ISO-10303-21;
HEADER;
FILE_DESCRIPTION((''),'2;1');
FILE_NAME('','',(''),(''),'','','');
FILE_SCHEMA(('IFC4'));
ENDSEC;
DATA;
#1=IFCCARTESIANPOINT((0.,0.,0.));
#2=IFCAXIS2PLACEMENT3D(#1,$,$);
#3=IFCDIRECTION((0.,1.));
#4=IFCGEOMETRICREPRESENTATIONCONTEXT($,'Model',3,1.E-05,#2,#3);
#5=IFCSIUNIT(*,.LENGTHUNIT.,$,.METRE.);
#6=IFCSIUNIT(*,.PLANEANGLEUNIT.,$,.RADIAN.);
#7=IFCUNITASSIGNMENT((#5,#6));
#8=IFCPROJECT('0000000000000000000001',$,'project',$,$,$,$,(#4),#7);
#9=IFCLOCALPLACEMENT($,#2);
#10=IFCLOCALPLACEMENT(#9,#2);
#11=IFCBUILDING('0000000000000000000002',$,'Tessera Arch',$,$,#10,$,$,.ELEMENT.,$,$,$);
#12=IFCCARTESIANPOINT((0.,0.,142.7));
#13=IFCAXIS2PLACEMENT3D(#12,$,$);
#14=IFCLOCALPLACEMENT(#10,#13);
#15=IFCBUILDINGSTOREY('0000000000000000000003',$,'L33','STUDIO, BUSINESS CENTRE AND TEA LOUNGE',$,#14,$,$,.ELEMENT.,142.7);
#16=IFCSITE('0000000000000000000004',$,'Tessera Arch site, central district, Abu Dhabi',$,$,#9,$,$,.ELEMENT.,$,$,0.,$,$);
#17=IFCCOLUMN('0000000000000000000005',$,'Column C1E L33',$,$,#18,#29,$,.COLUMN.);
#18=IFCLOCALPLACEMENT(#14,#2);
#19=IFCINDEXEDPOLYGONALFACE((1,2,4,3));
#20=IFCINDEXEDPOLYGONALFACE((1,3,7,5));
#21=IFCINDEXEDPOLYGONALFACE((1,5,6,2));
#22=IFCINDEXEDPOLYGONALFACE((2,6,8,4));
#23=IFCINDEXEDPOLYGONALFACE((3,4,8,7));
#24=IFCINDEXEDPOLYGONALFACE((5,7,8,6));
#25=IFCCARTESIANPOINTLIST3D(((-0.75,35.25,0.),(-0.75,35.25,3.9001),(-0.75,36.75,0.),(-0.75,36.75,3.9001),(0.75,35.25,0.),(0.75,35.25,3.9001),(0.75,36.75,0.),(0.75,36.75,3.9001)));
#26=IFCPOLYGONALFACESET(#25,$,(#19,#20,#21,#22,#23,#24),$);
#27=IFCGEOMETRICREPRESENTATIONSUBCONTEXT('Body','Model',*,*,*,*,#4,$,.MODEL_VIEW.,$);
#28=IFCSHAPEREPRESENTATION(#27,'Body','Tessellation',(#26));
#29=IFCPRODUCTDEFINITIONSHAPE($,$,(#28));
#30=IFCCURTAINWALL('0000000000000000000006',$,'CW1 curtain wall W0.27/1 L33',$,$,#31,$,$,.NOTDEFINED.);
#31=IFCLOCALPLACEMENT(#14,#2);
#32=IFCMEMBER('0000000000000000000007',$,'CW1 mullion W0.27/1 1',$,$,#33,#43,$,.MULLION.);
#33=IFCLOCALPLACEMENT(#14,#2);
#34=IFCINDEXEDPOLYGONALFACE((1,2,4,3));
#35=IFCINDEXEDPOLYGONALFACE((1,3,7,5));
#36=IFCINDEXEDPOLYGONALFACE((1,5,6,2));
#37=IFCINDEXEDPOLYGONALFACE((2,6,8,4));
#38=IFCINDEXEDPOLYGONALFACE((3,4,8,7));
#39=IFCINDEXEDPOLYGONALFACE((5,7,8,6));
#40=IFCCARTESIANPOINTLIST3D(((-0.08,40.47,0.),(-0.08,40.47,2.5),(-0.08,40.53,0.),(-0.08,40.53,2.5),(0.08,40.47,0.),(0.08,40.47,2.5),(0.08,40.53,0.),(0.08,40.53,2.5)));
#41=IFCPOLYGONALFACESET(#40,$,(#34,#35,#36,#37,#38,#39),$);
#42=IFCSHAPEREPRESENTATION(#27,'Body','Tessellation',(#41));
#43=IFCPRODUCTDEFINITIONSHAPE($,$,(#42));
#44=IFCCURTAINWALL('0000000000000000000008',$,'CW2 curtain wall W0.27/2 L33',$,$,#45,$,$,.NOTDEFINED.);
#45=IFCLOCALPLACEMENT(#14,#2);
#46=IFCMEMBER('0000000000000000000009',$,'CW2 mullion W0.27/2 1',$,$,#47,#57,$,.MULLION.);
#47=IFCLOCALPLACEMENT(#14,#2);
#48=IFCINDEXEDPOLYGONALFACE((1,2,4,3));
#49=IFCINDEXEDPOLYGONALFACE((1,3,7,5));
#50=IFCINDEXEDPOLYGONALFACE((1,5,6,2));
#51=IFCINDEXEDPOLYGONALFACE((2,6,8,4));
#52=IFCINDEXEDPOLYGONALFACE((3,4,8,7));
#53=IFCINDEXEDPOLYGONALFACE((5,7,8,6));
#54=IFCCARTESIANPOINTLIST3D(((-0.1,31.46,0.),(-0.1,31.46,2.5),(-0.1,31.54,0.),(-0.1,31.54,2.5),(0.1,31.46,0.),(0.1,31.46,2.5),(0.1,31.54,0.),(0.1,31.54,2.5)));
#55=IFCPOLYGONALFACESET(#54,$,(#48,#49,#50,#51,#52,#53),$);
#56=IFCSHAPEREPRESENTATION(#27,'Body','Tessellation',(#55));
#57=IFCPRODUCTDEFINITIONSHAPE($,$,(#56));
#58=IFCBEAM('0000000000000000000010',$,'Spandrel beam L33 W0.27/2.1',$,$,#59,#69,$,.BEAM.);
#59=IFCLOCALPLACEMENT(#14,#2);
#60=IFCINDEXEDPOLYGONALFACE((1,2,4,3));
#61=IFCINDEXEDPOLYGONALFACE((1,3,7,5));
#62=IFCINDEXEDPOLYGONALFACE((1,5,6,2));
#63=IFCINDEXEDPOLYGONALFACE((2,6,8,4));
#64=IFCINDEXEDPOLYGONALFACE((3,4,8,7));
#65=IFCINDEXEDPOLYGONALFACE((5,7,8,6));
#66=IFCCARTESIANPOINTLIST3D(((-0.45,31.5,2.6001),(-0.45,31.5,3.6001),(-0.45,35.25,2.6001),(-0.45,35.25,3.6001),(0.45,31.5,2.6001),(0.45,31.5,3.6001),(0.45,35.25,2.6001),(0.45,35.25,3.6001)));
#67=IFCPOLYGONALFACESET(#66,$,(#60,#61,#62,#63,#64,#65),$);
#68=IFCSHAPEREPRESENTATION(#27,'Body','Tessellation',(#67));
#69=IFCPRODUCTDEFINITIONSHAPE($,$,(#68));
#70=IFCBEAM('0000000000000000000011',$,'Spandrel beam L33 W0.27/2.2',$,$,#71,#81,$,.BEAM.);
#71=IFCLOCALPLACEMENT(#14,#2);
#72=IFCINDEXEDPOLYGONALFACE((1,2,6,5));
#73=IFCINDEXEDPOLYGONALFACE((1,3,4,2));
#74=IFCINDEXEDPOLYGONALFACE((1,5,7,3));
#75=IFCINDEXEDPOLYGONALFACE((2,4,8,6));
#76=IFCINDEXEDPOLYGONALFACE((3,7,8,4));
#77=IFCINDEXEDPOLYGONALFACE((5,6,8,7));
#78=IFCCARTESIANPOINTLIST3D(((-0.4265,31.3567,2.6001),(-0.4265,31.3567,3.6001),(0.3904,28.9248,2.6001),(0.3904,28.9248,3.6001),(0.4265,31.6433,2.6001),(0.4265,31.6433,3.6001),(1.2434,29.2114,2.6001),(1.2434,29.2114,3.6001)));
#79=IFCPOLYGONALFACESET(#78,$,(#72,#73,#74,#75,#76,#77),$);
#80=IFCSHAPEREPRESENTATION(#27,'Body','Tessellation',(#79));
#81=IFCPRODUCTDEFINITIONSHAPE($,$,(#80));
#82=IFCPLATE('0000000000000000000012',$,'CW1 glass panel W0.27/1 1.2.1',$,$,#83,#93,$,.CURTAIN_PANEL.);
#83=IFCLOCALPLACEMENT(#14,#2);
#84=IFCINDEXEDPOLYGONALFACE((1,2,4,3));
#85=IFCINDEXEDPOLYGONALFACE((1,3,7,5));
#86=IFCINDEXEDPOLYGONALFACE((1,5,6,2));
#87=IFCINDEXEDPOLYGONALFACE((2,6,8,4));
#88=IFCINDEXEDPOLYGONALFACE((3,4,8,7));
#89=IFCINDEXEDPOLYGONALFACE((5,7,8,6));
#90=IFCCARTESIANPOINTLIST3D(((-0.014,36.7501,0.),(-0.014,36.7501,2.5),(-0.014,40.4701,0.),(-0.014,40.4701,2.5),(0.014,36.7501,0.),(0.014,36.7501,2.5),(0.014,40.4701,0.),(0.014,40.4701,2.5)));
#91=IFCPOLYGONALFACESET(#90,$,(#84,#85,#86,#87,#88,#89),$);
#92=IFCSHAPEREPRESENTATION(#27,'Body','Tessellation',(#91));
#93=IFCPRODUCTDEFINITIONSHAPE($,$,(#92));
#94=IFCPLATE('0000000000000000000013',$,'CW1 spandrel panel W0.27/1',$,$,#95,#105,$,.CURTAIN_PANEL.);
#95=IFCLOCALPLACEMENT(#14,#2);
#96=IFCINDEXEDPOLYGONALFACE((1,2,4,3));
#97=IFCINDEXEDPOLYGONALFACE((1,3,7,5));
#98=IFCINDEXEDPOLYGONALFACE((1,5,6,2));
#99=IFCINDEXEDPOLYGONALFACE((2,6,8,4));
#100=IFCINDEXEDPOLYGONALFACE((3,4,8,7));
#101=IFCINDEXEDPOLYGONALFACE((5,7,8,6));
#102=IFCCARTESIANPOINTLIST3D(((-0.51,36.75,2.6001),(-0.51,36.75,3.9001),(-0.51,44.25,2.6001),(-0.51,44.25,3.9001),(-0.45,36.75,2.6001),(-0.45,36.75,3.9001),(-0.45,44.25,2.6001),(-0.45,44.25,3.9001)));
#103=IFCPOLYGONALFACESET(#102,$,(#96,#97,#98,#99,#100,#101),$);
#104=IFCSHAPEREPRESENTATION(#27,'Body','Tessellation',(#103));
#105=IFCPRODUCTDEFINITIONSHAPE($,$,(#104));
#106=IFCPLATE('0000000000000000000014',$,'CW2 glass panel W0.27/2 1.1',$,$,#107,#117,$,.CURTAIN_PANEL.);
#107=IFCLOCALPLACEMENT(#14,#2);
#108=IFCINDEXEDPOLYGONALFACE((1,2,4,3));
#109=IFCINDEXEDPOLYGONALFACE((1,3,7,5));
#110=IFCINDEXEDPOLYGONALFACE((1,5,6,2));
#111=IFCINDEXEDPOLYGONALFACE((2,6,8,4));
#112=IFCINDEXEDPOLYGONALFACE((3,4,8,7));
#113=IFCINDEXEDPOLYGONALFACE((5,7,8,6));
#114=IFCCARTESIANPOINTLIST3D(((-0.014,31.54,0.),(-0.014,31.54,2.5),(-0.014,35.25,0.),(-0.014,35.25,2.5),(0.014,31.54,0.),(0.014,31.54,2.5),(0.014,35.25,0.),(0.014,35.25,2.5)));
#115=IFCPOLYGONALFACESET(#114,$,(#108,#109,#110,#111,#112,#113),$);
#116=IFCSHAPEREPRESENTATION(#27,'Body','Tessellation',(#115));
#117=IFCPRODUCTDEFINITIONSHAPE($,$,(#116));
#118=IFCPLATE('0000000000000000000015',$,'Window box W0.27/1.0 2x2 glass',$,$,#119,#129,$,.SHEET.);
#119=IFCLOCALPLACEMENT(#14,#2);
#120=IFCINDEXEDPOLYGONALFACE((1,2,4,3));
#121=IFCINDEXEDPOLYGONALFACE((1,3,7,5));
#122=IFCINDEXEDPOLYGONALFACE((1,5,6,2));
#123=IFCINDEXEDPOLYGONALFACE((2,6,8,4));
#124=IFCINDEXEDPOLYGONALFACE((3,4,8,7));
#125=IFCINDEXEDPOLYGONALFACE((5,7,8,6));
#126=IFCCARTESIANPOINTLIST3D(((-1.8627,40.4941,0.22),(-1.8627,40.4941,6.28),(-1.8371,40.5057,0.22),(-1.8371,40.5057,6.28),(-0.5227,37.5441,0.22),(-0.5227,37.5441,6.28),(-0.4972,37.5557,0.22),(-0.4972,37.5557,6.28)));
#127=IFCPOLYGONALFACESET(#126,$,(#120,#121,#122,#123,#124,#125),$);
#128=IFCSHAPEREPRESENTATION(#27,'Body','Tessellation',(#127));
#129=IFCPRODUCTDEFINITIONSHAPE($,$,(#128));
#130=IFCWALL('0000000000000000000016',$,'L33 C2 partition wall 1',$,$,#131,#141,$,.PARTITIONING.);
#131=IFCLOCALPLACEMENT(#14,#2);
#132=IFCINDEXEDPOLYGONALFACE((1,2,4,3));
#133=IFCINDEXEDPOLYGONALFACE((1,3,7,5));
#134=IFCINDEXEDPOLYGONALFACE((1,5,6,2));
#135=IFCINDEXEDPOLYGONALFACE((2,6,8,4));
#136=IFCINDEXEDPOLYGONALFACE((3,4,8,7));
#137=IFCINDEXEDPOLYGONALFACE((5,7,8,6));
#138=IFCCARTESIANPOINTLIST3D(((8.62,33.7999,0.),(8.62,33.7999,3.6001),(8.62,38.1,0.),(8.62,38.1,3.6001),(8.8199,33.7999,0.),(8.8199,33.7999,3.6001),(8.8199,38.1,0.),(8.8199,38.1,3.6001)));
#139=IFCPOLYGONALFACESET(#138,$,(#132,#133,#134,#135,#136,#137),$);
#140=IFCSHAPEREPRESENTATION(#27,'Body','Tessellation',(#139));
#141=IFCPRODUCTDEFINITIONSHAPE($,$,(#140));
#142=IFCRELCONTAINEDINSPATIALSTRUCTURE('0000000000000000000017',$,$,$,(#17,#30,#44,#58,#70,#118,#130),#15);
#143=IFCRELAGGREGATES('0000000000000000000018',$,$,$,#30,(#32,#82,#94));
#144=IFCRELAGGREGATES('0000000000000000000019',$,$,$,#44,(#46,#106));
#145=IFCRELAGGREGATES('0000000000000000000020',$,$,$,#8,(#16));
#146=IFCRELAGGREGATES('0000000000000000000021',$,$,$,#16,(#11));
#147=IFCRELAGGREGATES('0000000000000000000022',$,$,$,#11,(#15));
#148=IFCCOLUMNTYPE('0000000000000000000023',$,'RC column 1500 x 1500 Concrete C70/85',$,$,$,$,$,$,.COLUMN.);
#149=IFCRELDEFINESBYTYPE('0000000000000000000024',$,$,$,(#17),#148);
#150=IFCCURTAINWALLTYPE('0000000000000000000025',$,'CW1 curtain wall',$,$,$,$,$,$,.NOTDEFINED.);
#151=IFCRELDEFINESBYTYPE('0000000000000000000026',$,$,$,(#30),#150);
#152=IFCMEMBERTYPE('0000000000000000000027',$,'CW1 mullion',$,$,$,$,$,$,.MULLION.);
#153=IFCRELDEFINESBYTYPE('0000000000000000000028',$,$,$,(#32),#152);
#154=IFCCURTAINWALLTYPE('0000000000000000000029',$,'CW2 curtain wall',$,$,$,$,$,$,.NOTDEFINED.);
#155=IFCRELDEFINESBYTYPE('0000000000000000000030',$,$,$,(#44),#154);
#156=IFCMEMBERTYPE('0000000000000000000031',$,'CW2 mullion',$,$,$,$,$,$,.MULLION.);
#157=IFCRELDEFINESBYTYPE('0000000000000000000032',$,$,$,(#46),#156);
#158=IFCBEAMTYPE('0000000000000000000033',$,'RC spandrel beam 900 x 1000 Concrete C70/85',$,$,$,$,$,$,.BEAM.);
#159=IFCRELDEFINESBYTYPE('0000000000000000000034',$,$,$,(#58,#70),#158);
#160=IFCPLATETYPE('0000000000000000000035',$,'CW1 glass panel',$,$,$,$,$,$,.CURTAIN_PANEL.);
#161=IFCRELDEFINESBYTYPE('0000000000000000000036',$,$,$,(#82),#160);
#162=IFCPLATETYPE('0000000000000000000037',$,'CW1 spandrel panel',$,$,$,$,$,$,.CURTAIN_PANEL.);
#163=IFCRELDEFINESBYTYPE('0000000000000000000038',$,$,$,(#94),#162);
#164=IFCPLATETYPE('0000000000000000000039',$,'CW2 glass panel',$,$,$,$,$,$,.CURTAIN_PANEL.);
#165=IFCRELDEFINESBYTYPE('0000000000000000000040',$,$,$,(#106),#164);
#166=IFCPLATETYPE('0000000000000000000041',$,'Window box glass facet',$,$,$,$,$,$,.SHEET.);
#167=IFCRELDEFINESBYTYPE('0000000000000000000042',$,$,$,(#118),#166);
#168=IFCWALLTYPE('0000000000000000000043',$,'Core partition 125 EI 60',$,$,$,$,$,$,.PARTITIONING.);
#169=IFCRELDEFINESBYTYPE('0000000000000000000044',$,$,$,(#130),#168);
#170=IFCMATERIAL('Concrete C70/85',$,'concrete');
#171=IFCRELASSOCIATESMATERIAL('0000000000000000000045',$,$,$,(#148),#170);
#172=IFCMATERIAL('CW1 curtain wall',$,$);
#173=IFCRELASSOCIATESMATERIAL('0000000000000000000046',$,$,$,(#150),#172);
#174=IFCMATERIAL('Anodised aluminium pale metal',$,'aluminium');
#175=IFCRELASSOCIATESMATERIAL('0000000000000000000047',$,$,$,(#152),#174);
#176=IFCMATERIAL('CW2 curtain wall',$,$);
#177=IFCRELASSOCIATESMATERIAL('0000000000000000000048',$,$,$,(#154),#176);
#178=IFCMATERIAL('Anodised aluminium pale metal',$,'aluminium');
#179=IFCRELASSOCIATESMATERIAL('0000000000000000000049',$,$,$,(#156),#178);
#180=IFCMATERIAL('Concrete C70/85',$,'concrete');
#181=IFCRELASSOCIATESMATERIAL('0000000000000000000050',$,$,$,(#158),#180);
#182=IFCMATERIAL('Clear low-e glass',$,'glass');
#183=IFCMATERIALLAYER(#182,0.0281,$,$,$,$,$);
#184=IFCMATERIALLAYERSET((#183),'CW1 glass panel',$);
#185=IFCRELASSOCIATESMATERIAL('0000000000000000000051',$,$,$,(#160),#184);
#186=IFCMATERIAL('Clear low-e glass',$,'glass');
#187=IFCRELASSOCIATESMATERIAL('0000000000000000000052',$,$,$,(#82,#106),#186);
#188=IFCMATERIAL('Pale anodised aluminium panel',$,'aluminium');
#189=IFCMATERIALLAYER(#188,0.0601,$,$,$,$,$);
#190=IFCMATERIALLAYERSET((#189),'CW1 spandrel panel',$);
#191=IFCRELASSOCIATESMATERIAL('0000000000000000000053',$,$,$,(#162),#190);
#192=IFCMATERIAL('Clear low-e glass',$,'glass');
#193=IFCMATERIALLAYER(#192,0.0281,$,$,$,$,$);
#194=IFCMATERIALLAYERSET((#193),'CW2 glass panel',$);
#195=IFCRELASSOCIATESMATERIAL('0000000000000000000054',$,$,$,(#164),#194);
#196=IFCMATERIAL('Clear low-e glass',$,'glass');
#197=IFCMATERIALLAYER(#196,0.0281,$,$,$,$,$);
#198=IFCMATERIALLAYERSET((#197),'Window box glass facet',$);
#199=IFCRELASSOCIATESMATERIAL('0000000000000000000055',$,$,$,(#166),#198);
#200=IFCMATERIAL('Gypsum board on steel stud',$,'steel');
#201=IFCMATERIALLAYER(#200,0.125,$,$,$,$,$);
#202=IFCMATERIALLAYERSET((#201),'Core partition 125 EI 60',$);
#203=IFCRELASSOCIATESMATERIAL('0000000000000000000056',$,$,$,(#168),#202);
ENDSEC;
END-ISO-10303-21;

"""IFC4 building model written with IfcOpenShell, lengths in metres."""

from ifc_helpers import new_model, si_unit, direction, frame, frame_2d, origin, origin_2d, place, context, subcontext, project, spatial, rectangle, extrude, material, layer, layer_set, material_profile, profile_set, type_object, element, aggregate, save


model = new_model("IFC4")

# Units and contexts
model_context = context("Model", 3, precision=1e-05, world=origin(), true_north=direction((0.0, 1.0)))
body_context = subcontext(model_context, "Body", "Model", "MODEL_VIEW")
ifc_project = project(units=[si_unit("LENGTHUNIT", "METRE"), si_unit("PLANEANGLEUNIT", "RADIAN")], contexts=[model_context])

# Site, building, storey
site_placement = place(None, origin())
site = spatial("IfcSite", under=ifc_project, at=site_placement, Name="Tessera Arch site, central district, Abu Dhabi", CompositionType="ELEMENT", RefElevation=0.0)
building_placement = place(site_placement, origin())
building = spatial("IfcBuilding", under=site, at=building_placement, Name="Tessera Arch", CompositionType="ELEMENT")
storey_placement = place(building_placement, frame((0.0, 0.0, 142.7)))
storey = spatial("IfcBuildingStorey", under=building, at=storey_placement, Name="L33", Description="STUDIO, BUSINESS CENTRE AND TEA LOUNGE", CompositionType="ELEMENT", Elevation=142.7)

# Column
ifc_material_1 = material(Name="Concrete C70/85", Category="concrete")
ifc_material_profile_1 = material_profile(ifc_material_1, rectangle(XDim=1.5, YDim=1.5, at=origin_2d()), Name="RC column 1500 x 1500 Concrete C70/85")
ifc_profile_set_1 = profile_set([ifc_material_profile_1], Name="Concrete C70/85")
column_type = type_object("IfcColumnType", Name="RC column 1500 x 1500 Concrete C70/85", PredefinedType="COLUMN", material=ifc_profile_set_1)
column_placement = place(storey_placement, frame((0.0, 36.0, 0.0), z_axis=(0.0, 0.0, 1.0), x_axis=(1.0, 0.0, 0.0)))
element("IfcColumn", 1, at=column_placement, inside=storey, type_object=column_type, Name="Column C1E L33", PredefinedType="COLUMN", context=body_context, shape_type="SweptSolid", body=[
    extrude(rectangle(XDim=1.5, YDim=1.5, at=origin_2d()), origin(), (0.0, 0.0, 1.0), 3.9001),
])

# Curtain walls, members
ifc_material_2 = material(Name="CW1 curtain wall")
curtain_wall_type_1 = type_object("IfcCurtainWallType", Name="CW1 curtain wall", PredefinedType="NOTDEFINED", material=ifc_material_2)
curtain_wall_1_placement = place(storey_placement, origin())
curtain_wall_1 = element("IfcCurtainWall", 2, at=curtain_wall_1_placement, inside=storey, type_object=curtain_wall_type_1, Name="CW1 curtain wall W0.27/1 L33", PredefinedType="NOTDEFINED")
ifc_material_3 = material(Name="Anodised aluminium pale metal", Category="aluminium")
ifc_material_profile_2 = material_profile(ifc_material_3, rectangle(XDim=0.1599, YDim=0.0601, at=origin_2d()), Name="AL 60x160")
ifc_profile_set_2 = profile_set([ifc_material_profile_2], Name="Anodised aluminium pale metal")
member_type_1 = type_object("IfcMemberType", Name="CW1 mullion", PredefinedType="MULLION", material=ifc_profile_set_2)
member_1_placement = place(storey_placement, frame((0.0, 40.5, 0.0), z_axis=(0.0, 0.0, 1.0), x_axis=(1.0, 0.0, 0.0)))
member_1 = element("IfcMember", 3, at=member_1_placement, type_object=member_type_1, Name="CW1 mullion W0.27/1 1", PredefinedType="MULLION", context=body_context, shape_type="SweptSolid", body=[
    extrude(rectangle(XDim=0.1599, YDim=0.0601, at=origin_2d()), origin(), (0.0, 0.0, 1.0), 2.5),
])
ifc_material_4 = material(Name="CW2 curtain wall")
curtain_wall_type_2 = type_object("IfcCurtainWallType", Name="CW2 curtain wall", PredefinedType="NOTDEFINED", material=ifc_material_4)
curtain_wall_2_placement = place(storey_placement, origin())
curtain_wall_2 = element("IfcCurtainWall", 4, at=curtain_wall_2_placement, inside=storey, type_object=curtain_wall_type_2, Name="CW2 curtain wall W0.27/2 L33", PredefinedType="NOTDEFINED")
ifc_material_5 = material(Name="Anodised aluminium pale metal", Category="aluminium")
ifc_material_profile_3 = material_profile(ifc_material_5, rectangle(XDim=0.2, YDim=0.0801, at=origin_2d()), Name="AL 80x200")
ifc_profile_set_3 = profile_set([ifc_material_profile_3], Name="Anodised aluminium pale metal")
member_type_2 = type_object("IfcMemberType", Name="CW2 mullion", PredefinedType="MULLION", material=ifc_profile_set_3)
member_2_placement = place(storey_placement, frame((0.0, 31.5, 0.0), z_axis=(0.0, 0.0, 1.0), x_axis=(1.0, 0.0, 0.0)))
member_2 = element("IfcMember", 5, at=member_2_placement, type_object=member_type_2, Name="CW2 mullion W0.27/2 1", PredefinedType="MULLION", context=body_context, shape_type="SweptSolid", body=[
    extrude(rectangle(XDim=0.2, YDim=0.0801, at=origin_2d()), origin(), (0.0, 0.0, 1.0), 2.5),
])

# Beams
ifc_material_6 = material(Name="Concrete C70/85", Category="concrete")
ifc_material_profile_4 = material_profile(ifc_material_6, rectangle(XDim=0.8999, YDim=1.0, at=origin_2d()), Name="RC spandrel beam 900 x 1000 Concrete C70/85")
ifc_profile_set_4 = profile_set([ifc_material_profile_4], Name="Concrete C70/85")
beam_type = type_object("IfcBeamType", Name="RC spandrel beam 900 x 1000 Concrete C70/85", PredefinedType="BEAM", material=ifc_profile_set_4)
beam_1_placement = place(storey_placement, frame((0.0, 35.25, 3.1001), z_axis=(0.0, -1.0, 0.0), x_axis=(1.0, 0.0, 0.0)))
element("IfcBeam", 6, at=beam_1_placement, inside=storey, type_object=beam_type, Name="Spandrel beam L33 W0.27/2.1", PredefinedType="BEAM", context=body_context, shape_type="SweptSolid", body=[
    extrude(rectangle(XDim=0.8999, YDim=1.0, at=origin_2d()), origin(), (0.0, 0.0, 1.0), 3.75),
])
beam_2_placement = place(storey_placement, frame((0.0, 31.5, 3.1001), z_axis=(0.318425, -0.947948, 0.0), x_axis=(0.947948, 0.318425, 0.0)))
element("IfcBeam", 7, at=beam_2_placement, inside=storey, type_object=beam_type, Name="Spandrel beam L33 W0.27/2.2", PredefinedType="BEAM", context=body_context, shape_type="SweptSolid", body=[
    extrude(rectangle(XDim=0.8999, YDim=1.0, at=origin_2d()), origin(), (0.0, 0.0, 1.0), 2.5654),
])

# Plates
ifc_material_7 = material(Name="Clear low-e glass", Category="glass")
ifc_material_8 = material(Name="Clear low-e glass", Category="glass")
ifc_layer_1 = layer(ifc_material_8, 0.0281)
ifc_layer_set_1 = layer_set([ifc_layer_1], Name="CW1 glass panel")
plate_type_1 = type_object("IfcPlateType", Name="CW1 glass panel", PredefinedType="CURTAIN_PANEL", material=ifc_layer_set_1)
plate_1_placement = place(storey_placement, frame((0.0, 38.6101, 0.0), z_axis=(0.0, 0.0, 1.0), x_axis=(0.0, -1.0, 0.0)))
plate_1 = element("IfcPlate", 8, at=plate_1_placement, type_object=plate_type_1, material=ifc_material_7, Name="CW1 glass panel W0.27/1 1.2.1", PredefinedType="CURTAIN_PANEL", context=body_context, shape_type="SweptSolid", body=[
    extrude(rectangle(XDim=3.72, YDim=0.0281, at=origin_2d()), origin(), (0.0, 0.0, 1.0), 2.5),
])
ifc_material_9 = material(Name="Pale anodised aluminium panel", Category="aluminium")
ifc_layer_2 = layer(ifc_material_9, 0.0601)
ifc_layer_set_2 = layer_set([ifc_layer_2], Name="CW1 spandrel panel")
plate_type_2 = type_object("IfcPlateType", Name="CW1 spandrel panel", PredefinedType="CURTAIN_PANEL", material=ifc_layer_set_2)
plate_2_placement = place(storey_placement, frame((-0.48, 40.5, 2.6001), z_axis=(0.0, 0.0, 1.0), x_axis=(0.0, -1.0, 0.0)))
plate_2 = element("IfcPlate", 9, at=plate_2_placement, type_object=plate_type_2, Name="CW1 spandrel panel W0.27/1", PredefinedType="CURTAIN_PANEL", context=body_context, shape_type="SweptSolid", body=[
    extrude(rectangle(XDim=7.5, YDim=0.0601, at=origin_2d()), origin(), (0.0, 0.0, 1.0), 1.3),
])
aggregate(curtain_wall_1, [member_1, plate_1, plate_2])
ifc_material_10 = material(Name="Clear low-e glass", Category="glass")
ifc_layer_3 = layer(ifc_material_10, 0.0281)
ifc_layer_set_3 = layer_set([ifc_layer_3], Name="CW2 glass panel")
plate_type_3 = type_object("IfcPlateType", Name="CW2 glass panel", PredefinedType="CURTAIN_PANEL", material=ifc_layer_set_3)
plate_3_placement = place(storey_placement, frame((0.0, 33.395, 0.0), z_axis=(0.0, 0.0, 1.0), x_axis=(0.0, -1.0, 0.0)))
plate_3 = element("IfcPlate", 10, at=plate_3_placement, type_object=plate_type_3, material=ifc_material_7, Name="CW2 glass panel W0.27/2 1.1", PredefinedType="CURTAIN_PANEL", context=body_context, shape_type="SweptSolid", body=[
    extrude(rectangle(XDim=3.71, YDim=0.0281, at=origin_2d()), origin(), (0.0, 0.0, 1.0), 2.5),
])
aggregate(curtain_wall_2, [member_2, plate_3])
ifc_material_11 = material(Name="Clear low-e glass", Category="glass")
ifc_layer_4 = layer(ifc_material_11, 0.0281)
ifc_layer_set_4 = layer_set([ifc_layer_4], Name="Window box glass facet")
plate_type_4 = type_object("IfcPlateType", Name="Window box glass facet", PredefinedType="SHEET", material=ifc_layer_set_4)
plate_4_placement = place(storey_placement, frame((-1.1799, 39.0249, 0.22), z_axis=(0.0, 0.0, 1.0), x_axis=(-0.41357, 0.910472, 0.0)))
element("IfcPlate", 11, at=plate_4_placement, inside=storey, type_object=plate_type_4, Name="Window box W0.27/1.0 2x2 glass", PredefinedType="SHEET", context=body_context, shape_type="SweptSolid", body=[
    extrude(rectangle(XDim=3.24, YDim=0.0281, at=origin_2d()), origin(), (0.0, 0.0, 1.0), 6.0601),
])

# Wall
ifc_material_12 = material(Name="Gypsum board on steel stud", Category="steel")
ifc_layer_5 = layer(ifc_material_12, 0.125)
ifc_layer_set_5 = layer_set([ifc_layer_5], Name="Core partition 125 EI 60")
wall_type_1 = type_object("IfcWallType", Name="Core partition 125 EI 60", PredefinedType="PARTITIONING", material=ifc_layer_set_5)
wall_1_placement = place(storey_placement, frame((8.72, 33.8, 0.0), z_axis=(0.0, 0.0, 1.0), x_axis=(0.0, 1.0, 0.0)))
element("IfcWall", 12, at=wall_1_placement, inside=storey, type_object=wall_type_1, Name="L33 C2 partition wall 1", PredefinedType="PARTITIONING", context=body_context, shape_type="SweptSolid", body=[
    extrude(rectangle(XDim=4.3, YDim=0.2, at=frame_2d((2.1499, 0.0))), origin(), (0.0, 0.0, 1.0), 3.6001),
])

save(model, "model.ifc")
